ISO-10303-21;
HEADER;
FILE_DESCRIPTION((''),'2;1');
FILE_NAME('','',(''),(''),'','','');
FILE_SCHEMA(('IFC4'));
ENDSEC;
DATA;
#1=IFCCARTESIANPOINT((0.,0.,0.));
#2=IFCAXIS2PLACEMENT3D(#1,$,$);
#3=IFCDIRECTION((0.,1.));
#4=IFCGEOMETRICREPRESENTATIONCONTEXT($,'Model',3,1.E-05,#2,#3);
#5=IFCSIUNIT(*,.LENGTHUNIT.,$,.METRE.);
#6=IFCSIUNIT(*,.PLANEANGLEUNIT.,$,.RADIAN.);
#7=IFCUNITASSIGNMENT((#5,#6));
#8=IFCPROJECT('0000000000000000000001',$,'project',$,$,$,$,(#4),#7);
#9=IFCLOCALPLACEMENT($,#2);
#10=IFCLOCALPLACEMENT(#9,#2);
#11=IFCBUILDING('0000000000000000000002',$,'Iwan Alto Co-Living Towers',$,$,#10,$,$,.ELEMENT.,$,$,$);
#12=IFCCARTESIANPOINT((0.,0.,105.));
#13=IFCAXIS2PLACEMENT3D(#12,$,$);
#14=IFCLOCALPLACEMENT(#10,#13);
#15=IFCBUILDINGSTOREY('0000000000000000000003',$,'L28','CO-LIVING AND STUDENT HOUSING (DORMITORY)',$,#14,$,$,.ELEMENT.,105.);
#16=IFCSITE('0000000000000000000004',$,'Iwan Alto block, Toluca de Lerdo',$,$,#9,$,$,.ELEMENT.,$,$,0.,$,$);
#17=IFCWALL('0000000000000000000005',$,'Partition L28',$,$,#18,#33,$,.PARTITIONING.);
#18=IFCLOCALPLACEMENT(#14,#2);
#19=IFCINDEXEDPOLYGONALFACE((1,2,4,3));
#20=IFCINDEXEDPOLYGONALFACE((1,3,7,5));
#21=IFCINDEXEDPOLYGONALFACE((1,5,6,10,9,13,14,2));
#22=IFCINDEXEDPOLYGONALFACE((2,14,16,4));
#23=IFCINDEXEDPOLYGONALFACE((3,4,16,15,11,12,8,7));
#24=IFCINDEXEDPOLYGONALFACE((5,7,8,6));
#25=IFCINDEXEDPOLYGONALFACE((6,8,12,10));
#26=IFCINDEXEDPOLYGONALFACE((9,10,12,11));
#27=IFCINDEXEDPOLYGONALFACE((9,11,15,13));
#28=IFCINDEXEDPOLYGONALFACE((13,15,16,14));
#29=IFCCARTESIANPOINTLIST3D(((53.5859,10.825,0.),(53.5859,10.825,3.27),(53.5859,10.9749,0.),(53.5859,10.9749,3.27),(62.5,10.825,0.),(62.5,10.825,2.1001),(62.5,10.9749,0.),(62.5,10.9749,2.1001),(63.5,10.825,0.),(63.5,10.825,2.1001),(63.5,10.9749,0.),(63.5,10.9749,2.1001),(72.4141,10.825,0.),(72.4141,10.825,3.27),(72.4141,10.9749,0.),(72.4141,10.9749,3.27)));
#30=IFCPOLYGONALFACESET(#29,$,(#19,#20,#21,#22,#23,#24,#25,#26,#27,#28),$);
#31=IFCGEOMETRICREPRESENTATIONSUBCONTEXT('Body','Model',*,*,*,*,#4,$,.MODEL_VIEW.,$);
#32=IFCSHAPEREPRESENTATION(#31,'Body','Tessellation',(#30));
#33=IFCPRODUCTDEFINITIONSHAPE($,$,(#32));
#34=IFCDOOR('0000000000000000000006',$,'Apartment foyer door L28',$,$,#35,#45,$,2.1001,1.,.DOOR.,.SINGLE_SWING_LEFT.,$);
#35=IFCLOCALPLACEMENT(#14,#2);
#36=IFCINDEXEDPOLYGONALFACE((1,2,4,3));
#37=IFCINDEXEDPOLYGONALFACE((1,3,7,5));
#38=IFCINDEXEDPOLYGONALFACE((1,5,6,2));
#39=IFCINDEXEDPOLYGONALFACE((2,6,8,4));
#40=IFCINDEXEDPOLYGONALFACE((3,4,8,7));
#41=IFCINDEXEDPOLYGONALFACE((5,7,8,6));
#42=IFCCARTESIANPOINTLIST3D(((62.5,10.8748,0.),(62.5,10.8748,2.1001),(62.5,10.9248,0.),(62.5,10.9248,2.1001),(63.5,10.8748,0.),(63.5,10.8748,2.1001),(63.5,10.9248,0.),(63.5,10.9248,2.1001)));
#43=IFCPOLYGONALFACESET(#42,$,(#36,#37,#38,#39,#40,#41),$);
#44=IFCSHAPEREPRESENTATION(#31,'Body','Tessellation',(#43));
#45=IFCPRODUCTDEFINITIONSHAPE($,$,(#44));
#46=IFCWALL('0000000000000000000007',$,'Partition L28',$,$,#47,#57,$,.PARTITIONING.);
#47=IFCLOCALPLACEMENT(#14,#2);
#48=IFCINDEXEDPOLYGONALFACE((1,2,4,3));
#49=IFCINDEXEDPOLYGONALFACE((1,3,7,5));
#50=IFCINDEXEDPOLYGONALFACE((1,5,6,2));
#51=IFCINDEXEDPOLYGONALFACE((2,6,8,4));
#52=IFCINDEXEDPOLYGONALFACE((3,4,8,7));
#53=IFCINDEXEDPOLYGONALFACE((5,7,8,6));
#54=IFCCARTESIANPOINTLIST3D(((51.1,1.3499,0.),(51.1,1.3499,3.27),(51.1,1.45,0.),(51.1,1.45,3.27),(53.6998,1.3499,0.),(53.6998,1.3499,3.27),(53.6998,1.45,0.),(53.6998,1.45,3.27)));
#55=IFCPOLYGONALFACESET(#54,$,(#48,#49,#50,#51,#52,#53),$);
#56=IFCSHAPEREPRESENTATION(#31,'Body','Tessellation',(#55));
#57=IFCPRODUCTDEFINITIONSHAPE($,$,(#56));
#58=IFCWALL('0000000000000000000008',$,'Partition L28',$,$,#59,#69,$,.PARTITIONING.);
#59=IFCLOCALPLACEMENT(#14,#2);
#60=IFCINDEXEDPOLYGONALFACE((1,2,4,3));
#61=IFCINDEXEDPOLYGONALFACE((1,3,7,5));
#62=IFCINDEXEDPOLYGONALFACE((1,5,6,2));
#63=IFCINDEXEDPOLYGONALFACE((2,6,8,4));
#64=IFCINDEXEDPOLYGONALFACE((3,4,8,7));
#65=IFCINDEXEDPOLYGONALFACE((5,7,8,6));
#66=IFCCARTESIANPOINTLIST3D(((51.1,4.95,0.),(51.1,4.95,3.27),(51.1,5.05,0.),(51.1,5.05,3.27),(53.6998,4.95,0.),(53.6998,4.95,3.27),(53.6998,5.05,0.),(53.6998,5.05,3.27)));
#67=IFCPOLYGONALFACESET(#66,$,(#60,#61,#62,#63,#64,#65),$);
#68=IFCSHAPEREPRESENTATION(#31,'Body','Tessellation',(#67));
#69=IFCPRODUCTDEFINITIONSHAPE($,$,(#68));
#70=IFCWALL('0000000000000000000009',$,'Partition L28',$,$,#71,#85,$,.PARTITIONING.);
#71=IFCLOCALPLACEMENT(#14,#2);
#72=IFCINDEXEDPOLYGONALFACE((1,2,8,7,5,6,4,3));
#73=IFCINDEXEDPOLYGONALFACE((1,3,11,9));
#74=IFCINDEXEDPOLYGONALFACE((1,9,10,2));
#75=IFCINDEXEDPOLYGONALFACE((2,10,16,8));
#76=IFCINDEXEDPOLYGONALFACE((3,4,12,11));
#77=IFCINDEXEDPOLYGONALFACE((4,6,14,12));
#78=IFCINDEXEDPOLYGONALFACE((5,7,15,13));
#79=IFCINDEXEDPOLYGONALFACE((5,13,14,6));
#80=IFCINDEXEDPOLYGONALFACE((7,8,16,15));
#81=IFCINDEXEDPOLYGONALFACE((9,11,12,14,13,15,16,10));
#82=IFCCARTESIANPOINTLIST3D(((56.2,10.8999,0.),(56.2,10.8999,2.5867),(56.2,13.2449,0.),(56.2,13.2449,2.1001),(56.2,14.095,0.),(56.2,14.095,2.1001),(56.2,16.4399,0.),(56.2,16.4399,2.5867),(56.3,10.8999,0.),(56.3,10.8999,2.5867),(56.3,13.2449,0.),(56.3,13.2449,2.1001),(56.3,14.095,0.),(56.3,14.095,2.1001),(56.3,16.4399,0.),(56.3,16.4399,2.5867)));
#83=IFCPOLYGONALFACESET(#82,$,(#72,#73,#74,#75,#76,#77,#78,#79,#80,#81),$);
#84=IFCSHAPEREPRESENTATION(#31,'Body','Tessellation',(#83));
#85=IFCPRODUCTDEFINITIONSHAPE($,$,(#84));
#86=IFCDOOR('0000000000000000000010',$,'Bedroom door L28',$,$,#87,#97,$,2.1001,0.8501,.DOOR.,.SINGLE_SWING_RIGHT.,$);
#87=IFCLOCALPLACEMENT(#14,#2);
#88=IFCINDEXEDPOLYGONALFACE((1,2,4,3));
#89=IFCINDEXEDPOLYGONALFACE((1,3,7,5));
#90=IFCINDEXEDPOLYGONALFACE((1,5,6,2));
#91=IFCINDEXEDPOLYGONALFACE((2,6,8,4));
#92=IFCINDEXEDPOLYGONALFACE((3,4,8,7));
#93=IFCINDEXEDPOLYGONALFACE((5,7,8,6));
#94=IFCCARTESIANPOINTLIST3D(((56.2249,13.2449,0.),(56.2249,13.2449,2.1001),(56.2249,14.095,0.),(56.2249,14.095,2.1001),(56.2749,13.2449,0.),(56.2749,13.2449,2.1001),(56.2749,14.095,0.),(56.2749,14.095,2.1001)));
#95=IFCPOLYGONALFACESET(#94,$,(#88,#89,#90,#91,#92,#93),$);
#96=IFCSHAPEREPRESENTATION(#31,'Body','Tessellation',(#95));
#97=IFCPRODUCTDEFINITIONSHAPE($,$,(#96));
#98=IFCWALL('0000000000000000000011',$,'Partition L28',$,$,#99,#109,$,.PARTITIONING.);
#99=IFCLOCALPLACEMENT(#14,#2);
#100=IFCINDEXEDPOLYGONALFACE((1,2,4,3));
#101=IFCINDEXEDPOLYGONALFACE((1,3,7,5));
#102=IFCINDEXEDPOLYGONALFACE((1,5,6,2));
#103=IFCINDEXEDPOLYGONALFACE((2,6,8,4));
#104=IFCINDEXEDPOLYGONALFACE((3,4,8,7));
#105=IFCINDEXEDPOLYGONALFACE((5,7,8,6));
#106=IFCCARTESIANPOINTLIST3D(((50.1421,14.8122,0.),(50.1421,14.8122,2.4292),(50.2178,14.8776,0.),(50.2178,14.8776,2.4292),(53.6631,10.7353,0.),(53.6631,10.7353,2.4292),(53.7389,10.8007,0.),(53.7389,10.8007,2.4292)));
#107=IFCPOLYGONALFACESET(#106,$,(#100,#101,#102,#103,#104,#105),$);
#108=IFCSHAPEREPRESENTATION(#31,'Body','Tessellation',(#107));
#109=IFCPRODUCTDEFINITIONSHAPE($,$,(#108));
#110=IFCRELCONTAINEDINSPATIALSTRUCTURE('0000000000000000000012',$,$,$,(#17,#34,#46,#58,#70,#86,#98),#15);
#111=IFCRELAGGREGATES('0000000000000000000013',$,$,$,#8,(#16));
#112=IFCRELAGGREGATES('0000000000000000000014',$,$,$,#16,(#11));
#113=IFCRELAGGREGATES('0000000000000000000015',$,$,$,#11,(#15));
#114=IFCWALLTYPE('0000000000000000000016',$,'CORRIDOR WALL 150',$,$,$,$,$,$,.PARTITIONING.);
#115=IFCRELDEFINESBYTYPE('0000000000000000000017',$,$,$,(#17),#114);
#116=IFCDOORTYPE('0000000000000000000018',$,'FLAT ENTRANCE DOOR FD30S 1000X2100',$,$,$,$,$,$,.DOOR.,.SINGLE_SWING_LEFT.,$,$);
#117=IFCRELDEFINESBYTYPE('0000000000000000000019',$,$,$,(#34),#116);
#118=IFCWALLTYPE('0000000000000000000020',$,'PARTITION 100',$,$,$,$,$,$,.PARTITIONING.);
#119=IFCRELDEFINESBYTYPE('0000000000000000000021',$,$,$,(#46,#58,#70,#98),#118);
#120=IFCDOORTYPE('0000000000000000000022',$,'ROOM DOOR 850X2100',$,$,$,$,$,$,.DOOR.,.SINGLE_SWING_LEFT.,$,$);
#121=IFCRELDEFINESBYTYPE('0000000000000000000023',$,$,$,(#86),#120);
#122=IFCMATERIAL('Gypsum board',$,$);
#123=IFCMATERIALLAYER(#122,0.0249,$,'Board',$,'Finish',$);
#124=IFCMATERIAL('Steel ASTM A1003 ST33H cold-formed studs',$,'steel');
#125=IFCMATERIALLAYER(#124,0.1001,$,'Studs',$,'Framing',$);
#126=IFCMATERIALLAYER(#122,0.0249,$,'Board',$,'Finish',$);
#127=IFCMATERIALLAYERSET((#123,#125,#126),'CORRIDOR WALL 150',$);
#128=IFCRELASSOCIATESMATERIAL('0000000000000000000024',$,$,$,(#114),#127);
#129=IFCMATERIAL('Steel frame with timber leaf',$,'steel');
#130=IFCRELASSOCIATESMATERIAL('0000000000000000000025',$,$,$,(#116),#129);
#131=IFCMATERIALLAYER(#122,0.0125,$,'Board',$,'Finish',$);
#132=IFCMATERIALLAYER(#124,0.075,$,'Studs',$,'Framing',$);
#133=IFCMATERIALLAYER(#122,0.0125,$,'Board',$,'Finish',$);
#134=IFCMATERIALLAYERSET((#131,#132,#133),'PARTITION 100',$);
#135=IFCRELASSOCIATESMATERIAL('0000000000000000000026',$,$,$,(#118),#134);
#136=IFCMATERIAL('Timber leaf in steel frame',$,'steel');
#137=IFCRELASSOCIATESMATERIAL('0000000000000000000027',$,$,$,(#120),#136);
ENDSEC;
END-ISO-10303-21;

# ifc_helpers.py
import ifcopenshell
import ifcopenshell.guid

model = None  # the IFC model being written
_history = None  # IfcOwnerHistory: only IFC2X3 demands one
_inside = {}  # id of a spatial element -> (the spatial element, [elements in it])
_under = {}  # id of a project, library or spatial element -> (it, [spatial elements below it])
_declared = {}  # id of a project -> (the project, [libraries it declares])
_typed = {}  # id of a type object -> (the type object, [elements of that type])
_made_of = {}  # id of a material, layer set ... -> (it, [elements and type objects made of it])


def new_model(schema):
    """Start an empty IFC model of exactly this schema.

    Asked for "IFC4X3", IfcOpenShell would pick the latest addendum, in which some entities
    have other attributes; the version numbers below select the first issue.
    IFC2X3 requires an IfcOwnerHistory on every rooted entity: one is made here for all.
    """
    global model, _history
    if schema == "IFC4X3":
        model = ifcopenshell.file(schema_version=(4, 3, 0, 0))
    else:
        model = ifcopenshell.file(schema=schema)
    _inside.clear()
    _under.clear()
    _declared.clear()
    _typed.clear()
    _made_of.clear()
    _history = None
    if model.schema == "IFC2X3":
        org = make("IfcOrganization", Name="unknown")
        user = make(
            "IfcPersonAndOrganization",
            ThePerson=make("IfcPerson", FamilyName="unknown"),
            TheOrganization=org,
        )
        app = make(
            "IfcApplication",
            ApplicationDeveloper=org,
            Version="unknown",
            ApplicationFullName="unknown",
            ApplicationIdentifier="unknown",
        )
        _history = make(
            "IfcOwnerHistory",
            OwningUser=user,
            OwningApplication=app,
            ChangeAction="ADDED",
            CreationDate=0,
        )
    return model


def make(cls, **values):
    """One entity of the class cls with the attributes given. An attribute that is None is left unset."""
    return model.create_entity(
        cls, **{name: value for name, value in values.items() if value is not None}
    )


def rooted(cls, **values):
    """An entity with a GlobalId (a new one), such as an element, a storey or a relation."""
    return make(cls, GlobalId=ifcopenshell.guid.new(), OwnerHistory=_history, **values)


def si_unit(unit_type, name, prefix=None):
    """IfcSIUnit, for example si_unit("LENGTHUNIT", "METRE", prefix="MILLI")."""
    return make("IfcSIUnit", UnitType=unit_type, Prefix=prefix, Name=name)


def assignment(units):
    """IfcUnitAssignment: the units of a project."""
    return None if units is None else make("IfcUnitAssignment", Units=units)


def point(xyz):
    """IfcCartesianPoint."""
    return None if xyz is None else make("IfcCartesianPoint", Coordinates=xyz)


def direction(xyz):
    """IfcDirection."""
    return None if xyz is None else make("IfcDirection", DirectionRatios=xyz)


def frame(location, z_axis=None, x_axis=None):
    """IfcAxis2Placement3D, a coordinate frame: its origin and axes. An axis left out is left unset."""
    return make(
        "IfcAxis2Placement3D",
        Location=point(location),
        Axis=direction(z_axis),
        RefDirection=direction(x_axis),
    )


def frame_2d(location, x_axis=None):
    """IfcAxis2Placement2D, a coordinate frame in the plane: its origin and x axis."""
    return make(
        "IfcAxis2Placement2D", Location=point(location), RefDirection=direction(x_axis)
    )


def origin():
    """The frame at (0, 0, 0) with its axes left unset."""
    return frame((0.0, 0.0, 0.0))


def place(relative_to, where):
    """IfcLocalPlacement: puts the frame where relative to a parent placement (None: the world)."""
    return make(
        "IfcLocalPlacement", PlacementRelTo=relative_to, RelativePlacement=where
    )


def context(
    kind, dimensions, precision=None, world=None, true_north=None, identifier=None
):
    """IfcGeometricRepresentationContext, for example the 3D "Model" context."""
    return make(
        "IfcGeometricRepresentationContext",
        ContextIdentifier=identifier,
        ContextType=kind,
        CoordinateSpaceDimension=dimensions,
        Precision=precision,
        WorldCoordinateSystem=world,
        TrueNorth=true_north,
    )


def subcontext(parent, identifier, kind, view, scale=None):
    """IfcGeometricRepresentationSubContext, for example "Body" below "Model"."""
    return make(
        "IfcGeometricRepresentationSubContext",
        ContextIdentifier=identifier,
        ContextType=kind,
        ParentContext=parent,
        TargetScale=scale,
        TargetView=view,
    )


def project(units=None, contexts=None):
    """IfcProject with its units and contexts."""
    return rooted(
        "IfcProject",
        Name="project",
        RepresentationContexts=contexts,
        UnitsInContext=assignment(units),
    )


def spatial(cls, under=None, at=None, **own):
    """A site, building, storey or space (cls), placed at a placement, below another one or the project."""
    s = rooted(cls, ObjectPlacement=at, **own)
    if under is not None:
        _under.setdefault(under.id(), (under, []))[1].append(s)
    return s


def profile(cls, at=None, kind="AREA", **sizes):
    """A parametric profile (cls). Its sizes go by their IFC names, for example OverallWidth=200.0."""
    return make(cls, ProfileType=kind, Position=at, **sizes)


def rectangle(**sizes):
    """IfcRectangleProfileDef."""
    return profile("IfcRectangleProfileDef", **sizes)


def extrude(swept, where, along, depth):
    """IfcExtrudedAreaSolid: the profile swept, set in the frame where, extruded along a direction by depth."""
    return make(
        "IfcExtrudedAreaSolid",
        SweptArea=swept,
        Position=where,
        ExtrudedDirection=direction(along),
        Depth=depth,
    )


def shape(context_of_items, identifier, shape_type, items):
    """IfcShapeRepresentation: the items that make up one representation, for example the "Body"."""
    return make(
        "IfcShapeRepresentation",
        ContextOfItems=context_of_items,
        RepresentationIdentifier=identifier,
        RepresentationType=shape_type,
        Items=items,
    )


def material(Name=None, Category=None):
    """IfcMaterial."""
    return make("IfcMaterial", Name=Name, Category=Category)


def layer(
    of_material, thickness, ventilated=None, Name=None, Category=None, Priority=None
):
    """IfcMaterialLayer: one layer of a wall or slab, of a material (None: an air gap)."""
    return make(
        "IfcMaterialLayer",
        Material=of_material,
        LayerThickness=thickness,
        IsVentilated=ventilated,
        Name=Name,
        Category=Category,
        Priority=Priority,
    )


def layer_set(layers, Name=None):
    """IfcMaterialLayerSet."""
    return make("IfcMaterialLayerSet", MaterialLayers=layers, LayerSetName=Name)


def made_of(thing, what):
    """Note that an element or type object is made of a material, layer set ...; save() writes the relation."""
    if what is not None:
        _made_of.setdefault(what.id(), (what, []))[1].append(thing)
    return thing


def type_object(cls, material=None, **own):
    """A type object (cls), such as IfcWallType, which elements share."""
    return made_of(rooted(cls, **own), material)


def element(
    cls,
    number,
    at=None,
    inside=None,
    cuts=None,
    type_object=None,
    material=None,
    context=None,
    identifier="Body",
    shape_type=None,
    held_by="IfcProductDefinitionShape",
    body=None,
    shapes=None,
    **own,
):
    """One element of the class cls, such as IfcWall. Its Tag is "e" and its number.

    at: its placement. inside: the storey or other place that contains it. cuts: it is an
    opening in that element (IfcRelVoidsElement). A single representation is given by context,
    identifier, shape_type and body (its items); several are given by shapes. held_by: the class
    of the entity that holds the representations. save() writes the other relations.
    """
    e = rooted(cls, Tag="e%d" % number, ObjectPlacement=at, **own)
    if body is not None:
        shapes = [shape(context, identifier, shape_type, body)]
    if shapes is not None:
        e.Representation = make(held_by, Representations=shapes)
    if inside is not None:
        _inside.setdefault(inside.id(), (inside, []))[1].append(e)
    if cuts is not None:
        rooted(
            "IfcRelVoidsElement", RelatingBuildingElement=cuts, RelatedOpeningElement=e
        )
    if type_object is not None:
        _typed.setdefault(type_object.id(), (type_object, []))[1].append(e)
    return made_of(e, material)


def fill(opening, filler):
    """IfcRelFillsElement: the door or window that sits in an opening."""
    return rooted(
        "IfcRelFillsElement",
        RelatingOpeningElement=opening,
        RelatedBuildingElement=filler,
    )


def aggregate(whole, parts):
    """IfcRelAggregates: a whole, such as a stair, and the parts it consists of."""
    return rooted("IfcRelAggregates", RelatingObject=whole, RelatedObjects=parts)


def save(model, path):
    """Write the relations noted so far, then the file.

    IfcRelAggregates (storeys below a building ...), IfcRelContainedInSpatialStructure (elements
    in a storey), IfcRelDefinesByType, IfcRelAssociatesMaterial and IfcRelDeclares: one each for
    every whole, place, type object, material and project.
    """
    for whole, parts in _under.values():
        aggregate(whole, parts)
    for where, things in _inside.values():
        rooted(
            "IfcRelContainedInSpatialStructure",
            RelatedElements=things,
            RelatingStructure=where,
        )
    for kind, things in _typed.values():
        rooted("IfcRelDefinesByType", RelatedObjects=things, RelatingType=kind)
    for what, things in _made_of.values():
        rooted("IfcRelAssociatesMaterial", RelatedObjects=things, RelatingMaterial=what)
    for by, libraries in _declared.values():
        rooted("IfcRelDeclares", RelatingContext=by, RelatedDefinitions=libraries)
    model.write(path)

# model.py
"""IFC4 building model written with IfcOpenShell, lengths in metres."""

from ifc_helpers import new_model, si_unit, direction, frame, frame_2d, origin, place, context, subcontext, project, spatial, rectangle, extrude, material, layer, layer_set, type_object, element, fill, save


model = new_model("IFC4")

# Units and contexts
model_context = context("Model", 3, precision=1e-05, world=origin(), true_north=direction((0.0, 1.0)))
body_context = subcontext(model_context, "Body", "Model", "MODEL_VIEW")
ifc_project = project(units=[si_unit("LENGTHUNIT", "METRE"), si_unit("PLANEANGLEUNIT", "RADIAN")], contexts=[model_context])

# Site, building, storey
site_placement = place(None, origin())
site = spatial("IfcSite", under=ifc_project, at=site_placement, Name="Iwan Alto block, Toluca de Lerdo", CompositionType="ELEMENT", RefElevation=0.0)
building_placement = place(site_placement, origin())
building = spatial("IfcBuilding", under=site, at=building_placement, Name="Iwan Alto Co-Living Towers", CompositionType="ELEMENT")
storey_placement = place(building_placement, frame((0.0, 0.0, 105.0)))
storey = spatial("IfcBuildingStorey", under=building, at=storey_placement, Name="L28", Description="CO-LIVING AND STUDENT HOUSING (DORMITORY)", CompositionType="ELEMENT", Elevation=105.0)

# Wall, opening, door
ifc_material_1 = material(Name="Gypsum board")
ifc_layer_1 = layer(ifc_material_1, 0.0249, Name="Board", Category="Finish")
ifc_material_2 = material(Name="Steel ASTM A1003 ST33H cold-formed studs", Category="steel")
ifc_layer_2 = layer(ifc_material_2, 0.1001, Name="Studs", Category="Framing")
ifc_layer_3 = layer(ifc_material_1, 0.0249, Name="Board", Category="Finish")
ifc_layer_set_1 = layer_set([ifc_layer_1, ifc_layer_2, ifc_layer_3], Name="CORRIDOR WALL 150")
wall_type_1 = type_object("IfcWallType", Name="CORRIDOR WALL 150", PredefinedType="PARTITIONING", material=ifc_layer_set_1)
wall_1_placement = place(storey_placement, frame((53.5859, 10.8999, 0.0), z_axis=(0.0, 0.0, 1.0), x_axis=(1.0, 0.0, 0.0)))
wall_1 = element("IfcWall", 1, at=wall_1_placement, inside=storey, type_object=wall_type_1, Name="Partition L28", PredefinedType="PARTITIONING", context=body_context, shape_type="SweptSolid", body=[
    extrude(rectangle(XDim=18.8281, YDim=0.1499, at=frame_2d((9.4141, 0.0))), origin(), (0.0, 0.0, 1.0), 3.27),
])
opening_1_placement = place(wall_1_placement, frame((8.9141, 0.0, 0.0)))
opening_1 = element("IfcOpeningElement", 2, at=opening_1_placement, cuts=wall_1, PredefinedType="OPENING", context=body_context, shape_type="SweptSolid", body=[
    extrude(rectangle(XDim=1.0, YDim=2.1001, at=frame_2d((0.5, 1.05))), frame((0.0, 0.085, 0.0), z_axis=(0.0, -1.0, 0.0), x_axis=(1.0, 0.0, 0.0)), (0.0, 0.0, 1.0), 0.1699),
])
ifc_material_3 = material(Name="Steel frame with timber leaf", Category="steel")
door_type_1 = type_object("IfcDoorType", Name="FLAT ENTRANCE DOOR FD30S 1000X2100", OperationType="SINGLE_SWING_LEFT", PredefinedType="DOOR", material=ifc_material_3)
door_1_placement = place(opening_1_placement, origin())
door_1 = element("IfcDoor", 3, at=door_1_placement, inside=storey, type_object=door_type_1, Name="Apartment foyer door L28", OperationType="SINGLE_SWING_LEFT", OverallHeight=2.1001, OverallWidth=1.0, PredefinedType="DOOR", context=body_context, shape_type="SweptSolid", body=[
    extrude(rectangle(XDim=1.0, YDim=2.1001, at=frame_2d((0.5, 1.05))), frame((0.0, 0.0249, 0.0), z_axis=(0.0, -1.0, 0.0), x_axis=(1.0, 0.0, 0.0)), (0.0, 0.0, 1.0), 0.05),
])
fill(opening_1, door_1)

# Walls
ifc_layer_4 = layer(ifc_material_1, 0.0125, Name="Board", Category="Finish")
ifc_layer_5 = layer(ifc_material_2, 0.075, Name="Studs", Category="Framing")
ifc_layer_6 = layer(ifc_material_1, 0.0125, Name="Board", Category="Finish")
ifc_layer_set_2 = layer_set([ifc_layer_4, ifc_layer_5, ifc_layer_6], Name="PARTITION 100")
wall_type_2 = type_object("IfcWallType", Name="PARTITION 100", PredefinedType="PARTITIONING", material=ifc_layer_set_2)
for number, where, z_axis, x_axis, name in (
    (4, (51.1001, 1.3999, 0.0), (0.0, 0.0, 1.0), (1.0, 0.0, 0.0), "Partition L28"),
    (5, (51.1001, 5.0, 0.0), (0.0, 0.0, 1.0), (1.0, 0.0, 0.0), "Partition L28"),
):
    element("IfcWall", number, at=place(storey_placement, frame(where, z_axis=z_axis, x_axis=x_axis)), inside=storey, type_object=wall_type_2, Name=name, PredefinedType="PARTITIONING", context=body_context, shape_type="SweptSolid", body=[
        extrude(rectangle(XDim=2.5999, YDim=0.1001, at=frame_2d((1.2998, 0.0))), origin(), (0.0, 0.0, 1.0), 3.27),
    ])

# Wall, opening, door
wall_2_placement = place(storey_placement, frame((56.25, 10.8999, 0.0), z_axis=(0.0, 0.0, 1.0), x_axis=(0.0, 1.0, 0.0)))
wall_2 = element("IfcWall", 6, at=wall_2_placement, inside=storey, type_object=wall_type_2, Name="Partition L28", PredefinedType="PARTITIONING", context=body_context, shape_type="SweptSolid", body=[
    extrude(rectangle(XDim=5.54, YDim=0.1001, at=frame_2d((2.77, 0.0))), origin(), (0.0, 0.0, 1.0), 2.5867),
])
opening_2_placement = place(wall_2_placement, frame((2.345, 0.0, 0.0)))
opening_2 = element("IfcOpeningElement", 7, at=opening_2_placement, cuts=wall_2, PredefinedType="OPENING", context=body_context, shape_type="SweptSolid", body=[
    extrude(rectangle(XDim=0.8501, YDim=2.1001, at=frame_2d((0.425, 1.05))), frame((0.0, 0.0601, 0.0), z_axis=(0.0, -1.0, 0.0), x_axis=(1.0, 0.0, 0.0)), (0.0, 0.0, 1.0), 0.1201),
])
ifc_material_4 = material(Name="Timber leaf in steel frame", Category="steel")
door_type_2 = type_object("IfcDoorType", Name="ROOM DOOR 850X2100", OperationType="SINGLE_SWING_LEFT", PredefinedType="DOOR", material=ifc_material_4)
door_2_placement = place(opening_2_placement, frame((0.8501, 0.0, 0.0), z_axis=(0.0, 0.0, 1.0), x_axis=(-1.0, 0.0, 0.0)))
door_2 = element("IfcDoor", 8, at=door_2_placement, inside=storey, type_object=door_type_2, Name="Bedroom door L28", OperationType="SINGLE_SWING_RIGHT", OverallHeight=2.1001, OverallWidth=0.8501, PredefinedType="DOOR", context=body_context, shape_type="SweptSolid", body=[
    extrude(rectangle(XDim=0.8501, YDim=2.1001, at=frame_2d((0.425, 1.05))), frame((0.0, 0.0249, 0.0), z_axis=(0.0, -1.0, 0.0), x_axis=(1.0, 0.0, 0.0)), (0.0, 0.0, 1.0), 0.05),
])
fill(opening_2, door_2)

# Wall
wall_3_placement = place(storey_placement, frame((53.7009, 10.7681, 0.0), z_axis=(0.0, 0.0, 1.0), x_axis=(-0.653623, 0.75682, 0.0)))
element("IfcWall", 9, at=wall_3_placement, inside=storey, type_object=wall_type_2, Name="Partition L28", PredefinedType="PARTITIONING", context=body_context, shape_type="SweptSolid", body=[
    extrude(rectangle(XDim=5.387, YDim=0.1001, at=frame_2d((2.6934, 0.0))), origin(), (0.0, 0.0, 1.0), 2.4292),
])

save(model, "model.ifc")
